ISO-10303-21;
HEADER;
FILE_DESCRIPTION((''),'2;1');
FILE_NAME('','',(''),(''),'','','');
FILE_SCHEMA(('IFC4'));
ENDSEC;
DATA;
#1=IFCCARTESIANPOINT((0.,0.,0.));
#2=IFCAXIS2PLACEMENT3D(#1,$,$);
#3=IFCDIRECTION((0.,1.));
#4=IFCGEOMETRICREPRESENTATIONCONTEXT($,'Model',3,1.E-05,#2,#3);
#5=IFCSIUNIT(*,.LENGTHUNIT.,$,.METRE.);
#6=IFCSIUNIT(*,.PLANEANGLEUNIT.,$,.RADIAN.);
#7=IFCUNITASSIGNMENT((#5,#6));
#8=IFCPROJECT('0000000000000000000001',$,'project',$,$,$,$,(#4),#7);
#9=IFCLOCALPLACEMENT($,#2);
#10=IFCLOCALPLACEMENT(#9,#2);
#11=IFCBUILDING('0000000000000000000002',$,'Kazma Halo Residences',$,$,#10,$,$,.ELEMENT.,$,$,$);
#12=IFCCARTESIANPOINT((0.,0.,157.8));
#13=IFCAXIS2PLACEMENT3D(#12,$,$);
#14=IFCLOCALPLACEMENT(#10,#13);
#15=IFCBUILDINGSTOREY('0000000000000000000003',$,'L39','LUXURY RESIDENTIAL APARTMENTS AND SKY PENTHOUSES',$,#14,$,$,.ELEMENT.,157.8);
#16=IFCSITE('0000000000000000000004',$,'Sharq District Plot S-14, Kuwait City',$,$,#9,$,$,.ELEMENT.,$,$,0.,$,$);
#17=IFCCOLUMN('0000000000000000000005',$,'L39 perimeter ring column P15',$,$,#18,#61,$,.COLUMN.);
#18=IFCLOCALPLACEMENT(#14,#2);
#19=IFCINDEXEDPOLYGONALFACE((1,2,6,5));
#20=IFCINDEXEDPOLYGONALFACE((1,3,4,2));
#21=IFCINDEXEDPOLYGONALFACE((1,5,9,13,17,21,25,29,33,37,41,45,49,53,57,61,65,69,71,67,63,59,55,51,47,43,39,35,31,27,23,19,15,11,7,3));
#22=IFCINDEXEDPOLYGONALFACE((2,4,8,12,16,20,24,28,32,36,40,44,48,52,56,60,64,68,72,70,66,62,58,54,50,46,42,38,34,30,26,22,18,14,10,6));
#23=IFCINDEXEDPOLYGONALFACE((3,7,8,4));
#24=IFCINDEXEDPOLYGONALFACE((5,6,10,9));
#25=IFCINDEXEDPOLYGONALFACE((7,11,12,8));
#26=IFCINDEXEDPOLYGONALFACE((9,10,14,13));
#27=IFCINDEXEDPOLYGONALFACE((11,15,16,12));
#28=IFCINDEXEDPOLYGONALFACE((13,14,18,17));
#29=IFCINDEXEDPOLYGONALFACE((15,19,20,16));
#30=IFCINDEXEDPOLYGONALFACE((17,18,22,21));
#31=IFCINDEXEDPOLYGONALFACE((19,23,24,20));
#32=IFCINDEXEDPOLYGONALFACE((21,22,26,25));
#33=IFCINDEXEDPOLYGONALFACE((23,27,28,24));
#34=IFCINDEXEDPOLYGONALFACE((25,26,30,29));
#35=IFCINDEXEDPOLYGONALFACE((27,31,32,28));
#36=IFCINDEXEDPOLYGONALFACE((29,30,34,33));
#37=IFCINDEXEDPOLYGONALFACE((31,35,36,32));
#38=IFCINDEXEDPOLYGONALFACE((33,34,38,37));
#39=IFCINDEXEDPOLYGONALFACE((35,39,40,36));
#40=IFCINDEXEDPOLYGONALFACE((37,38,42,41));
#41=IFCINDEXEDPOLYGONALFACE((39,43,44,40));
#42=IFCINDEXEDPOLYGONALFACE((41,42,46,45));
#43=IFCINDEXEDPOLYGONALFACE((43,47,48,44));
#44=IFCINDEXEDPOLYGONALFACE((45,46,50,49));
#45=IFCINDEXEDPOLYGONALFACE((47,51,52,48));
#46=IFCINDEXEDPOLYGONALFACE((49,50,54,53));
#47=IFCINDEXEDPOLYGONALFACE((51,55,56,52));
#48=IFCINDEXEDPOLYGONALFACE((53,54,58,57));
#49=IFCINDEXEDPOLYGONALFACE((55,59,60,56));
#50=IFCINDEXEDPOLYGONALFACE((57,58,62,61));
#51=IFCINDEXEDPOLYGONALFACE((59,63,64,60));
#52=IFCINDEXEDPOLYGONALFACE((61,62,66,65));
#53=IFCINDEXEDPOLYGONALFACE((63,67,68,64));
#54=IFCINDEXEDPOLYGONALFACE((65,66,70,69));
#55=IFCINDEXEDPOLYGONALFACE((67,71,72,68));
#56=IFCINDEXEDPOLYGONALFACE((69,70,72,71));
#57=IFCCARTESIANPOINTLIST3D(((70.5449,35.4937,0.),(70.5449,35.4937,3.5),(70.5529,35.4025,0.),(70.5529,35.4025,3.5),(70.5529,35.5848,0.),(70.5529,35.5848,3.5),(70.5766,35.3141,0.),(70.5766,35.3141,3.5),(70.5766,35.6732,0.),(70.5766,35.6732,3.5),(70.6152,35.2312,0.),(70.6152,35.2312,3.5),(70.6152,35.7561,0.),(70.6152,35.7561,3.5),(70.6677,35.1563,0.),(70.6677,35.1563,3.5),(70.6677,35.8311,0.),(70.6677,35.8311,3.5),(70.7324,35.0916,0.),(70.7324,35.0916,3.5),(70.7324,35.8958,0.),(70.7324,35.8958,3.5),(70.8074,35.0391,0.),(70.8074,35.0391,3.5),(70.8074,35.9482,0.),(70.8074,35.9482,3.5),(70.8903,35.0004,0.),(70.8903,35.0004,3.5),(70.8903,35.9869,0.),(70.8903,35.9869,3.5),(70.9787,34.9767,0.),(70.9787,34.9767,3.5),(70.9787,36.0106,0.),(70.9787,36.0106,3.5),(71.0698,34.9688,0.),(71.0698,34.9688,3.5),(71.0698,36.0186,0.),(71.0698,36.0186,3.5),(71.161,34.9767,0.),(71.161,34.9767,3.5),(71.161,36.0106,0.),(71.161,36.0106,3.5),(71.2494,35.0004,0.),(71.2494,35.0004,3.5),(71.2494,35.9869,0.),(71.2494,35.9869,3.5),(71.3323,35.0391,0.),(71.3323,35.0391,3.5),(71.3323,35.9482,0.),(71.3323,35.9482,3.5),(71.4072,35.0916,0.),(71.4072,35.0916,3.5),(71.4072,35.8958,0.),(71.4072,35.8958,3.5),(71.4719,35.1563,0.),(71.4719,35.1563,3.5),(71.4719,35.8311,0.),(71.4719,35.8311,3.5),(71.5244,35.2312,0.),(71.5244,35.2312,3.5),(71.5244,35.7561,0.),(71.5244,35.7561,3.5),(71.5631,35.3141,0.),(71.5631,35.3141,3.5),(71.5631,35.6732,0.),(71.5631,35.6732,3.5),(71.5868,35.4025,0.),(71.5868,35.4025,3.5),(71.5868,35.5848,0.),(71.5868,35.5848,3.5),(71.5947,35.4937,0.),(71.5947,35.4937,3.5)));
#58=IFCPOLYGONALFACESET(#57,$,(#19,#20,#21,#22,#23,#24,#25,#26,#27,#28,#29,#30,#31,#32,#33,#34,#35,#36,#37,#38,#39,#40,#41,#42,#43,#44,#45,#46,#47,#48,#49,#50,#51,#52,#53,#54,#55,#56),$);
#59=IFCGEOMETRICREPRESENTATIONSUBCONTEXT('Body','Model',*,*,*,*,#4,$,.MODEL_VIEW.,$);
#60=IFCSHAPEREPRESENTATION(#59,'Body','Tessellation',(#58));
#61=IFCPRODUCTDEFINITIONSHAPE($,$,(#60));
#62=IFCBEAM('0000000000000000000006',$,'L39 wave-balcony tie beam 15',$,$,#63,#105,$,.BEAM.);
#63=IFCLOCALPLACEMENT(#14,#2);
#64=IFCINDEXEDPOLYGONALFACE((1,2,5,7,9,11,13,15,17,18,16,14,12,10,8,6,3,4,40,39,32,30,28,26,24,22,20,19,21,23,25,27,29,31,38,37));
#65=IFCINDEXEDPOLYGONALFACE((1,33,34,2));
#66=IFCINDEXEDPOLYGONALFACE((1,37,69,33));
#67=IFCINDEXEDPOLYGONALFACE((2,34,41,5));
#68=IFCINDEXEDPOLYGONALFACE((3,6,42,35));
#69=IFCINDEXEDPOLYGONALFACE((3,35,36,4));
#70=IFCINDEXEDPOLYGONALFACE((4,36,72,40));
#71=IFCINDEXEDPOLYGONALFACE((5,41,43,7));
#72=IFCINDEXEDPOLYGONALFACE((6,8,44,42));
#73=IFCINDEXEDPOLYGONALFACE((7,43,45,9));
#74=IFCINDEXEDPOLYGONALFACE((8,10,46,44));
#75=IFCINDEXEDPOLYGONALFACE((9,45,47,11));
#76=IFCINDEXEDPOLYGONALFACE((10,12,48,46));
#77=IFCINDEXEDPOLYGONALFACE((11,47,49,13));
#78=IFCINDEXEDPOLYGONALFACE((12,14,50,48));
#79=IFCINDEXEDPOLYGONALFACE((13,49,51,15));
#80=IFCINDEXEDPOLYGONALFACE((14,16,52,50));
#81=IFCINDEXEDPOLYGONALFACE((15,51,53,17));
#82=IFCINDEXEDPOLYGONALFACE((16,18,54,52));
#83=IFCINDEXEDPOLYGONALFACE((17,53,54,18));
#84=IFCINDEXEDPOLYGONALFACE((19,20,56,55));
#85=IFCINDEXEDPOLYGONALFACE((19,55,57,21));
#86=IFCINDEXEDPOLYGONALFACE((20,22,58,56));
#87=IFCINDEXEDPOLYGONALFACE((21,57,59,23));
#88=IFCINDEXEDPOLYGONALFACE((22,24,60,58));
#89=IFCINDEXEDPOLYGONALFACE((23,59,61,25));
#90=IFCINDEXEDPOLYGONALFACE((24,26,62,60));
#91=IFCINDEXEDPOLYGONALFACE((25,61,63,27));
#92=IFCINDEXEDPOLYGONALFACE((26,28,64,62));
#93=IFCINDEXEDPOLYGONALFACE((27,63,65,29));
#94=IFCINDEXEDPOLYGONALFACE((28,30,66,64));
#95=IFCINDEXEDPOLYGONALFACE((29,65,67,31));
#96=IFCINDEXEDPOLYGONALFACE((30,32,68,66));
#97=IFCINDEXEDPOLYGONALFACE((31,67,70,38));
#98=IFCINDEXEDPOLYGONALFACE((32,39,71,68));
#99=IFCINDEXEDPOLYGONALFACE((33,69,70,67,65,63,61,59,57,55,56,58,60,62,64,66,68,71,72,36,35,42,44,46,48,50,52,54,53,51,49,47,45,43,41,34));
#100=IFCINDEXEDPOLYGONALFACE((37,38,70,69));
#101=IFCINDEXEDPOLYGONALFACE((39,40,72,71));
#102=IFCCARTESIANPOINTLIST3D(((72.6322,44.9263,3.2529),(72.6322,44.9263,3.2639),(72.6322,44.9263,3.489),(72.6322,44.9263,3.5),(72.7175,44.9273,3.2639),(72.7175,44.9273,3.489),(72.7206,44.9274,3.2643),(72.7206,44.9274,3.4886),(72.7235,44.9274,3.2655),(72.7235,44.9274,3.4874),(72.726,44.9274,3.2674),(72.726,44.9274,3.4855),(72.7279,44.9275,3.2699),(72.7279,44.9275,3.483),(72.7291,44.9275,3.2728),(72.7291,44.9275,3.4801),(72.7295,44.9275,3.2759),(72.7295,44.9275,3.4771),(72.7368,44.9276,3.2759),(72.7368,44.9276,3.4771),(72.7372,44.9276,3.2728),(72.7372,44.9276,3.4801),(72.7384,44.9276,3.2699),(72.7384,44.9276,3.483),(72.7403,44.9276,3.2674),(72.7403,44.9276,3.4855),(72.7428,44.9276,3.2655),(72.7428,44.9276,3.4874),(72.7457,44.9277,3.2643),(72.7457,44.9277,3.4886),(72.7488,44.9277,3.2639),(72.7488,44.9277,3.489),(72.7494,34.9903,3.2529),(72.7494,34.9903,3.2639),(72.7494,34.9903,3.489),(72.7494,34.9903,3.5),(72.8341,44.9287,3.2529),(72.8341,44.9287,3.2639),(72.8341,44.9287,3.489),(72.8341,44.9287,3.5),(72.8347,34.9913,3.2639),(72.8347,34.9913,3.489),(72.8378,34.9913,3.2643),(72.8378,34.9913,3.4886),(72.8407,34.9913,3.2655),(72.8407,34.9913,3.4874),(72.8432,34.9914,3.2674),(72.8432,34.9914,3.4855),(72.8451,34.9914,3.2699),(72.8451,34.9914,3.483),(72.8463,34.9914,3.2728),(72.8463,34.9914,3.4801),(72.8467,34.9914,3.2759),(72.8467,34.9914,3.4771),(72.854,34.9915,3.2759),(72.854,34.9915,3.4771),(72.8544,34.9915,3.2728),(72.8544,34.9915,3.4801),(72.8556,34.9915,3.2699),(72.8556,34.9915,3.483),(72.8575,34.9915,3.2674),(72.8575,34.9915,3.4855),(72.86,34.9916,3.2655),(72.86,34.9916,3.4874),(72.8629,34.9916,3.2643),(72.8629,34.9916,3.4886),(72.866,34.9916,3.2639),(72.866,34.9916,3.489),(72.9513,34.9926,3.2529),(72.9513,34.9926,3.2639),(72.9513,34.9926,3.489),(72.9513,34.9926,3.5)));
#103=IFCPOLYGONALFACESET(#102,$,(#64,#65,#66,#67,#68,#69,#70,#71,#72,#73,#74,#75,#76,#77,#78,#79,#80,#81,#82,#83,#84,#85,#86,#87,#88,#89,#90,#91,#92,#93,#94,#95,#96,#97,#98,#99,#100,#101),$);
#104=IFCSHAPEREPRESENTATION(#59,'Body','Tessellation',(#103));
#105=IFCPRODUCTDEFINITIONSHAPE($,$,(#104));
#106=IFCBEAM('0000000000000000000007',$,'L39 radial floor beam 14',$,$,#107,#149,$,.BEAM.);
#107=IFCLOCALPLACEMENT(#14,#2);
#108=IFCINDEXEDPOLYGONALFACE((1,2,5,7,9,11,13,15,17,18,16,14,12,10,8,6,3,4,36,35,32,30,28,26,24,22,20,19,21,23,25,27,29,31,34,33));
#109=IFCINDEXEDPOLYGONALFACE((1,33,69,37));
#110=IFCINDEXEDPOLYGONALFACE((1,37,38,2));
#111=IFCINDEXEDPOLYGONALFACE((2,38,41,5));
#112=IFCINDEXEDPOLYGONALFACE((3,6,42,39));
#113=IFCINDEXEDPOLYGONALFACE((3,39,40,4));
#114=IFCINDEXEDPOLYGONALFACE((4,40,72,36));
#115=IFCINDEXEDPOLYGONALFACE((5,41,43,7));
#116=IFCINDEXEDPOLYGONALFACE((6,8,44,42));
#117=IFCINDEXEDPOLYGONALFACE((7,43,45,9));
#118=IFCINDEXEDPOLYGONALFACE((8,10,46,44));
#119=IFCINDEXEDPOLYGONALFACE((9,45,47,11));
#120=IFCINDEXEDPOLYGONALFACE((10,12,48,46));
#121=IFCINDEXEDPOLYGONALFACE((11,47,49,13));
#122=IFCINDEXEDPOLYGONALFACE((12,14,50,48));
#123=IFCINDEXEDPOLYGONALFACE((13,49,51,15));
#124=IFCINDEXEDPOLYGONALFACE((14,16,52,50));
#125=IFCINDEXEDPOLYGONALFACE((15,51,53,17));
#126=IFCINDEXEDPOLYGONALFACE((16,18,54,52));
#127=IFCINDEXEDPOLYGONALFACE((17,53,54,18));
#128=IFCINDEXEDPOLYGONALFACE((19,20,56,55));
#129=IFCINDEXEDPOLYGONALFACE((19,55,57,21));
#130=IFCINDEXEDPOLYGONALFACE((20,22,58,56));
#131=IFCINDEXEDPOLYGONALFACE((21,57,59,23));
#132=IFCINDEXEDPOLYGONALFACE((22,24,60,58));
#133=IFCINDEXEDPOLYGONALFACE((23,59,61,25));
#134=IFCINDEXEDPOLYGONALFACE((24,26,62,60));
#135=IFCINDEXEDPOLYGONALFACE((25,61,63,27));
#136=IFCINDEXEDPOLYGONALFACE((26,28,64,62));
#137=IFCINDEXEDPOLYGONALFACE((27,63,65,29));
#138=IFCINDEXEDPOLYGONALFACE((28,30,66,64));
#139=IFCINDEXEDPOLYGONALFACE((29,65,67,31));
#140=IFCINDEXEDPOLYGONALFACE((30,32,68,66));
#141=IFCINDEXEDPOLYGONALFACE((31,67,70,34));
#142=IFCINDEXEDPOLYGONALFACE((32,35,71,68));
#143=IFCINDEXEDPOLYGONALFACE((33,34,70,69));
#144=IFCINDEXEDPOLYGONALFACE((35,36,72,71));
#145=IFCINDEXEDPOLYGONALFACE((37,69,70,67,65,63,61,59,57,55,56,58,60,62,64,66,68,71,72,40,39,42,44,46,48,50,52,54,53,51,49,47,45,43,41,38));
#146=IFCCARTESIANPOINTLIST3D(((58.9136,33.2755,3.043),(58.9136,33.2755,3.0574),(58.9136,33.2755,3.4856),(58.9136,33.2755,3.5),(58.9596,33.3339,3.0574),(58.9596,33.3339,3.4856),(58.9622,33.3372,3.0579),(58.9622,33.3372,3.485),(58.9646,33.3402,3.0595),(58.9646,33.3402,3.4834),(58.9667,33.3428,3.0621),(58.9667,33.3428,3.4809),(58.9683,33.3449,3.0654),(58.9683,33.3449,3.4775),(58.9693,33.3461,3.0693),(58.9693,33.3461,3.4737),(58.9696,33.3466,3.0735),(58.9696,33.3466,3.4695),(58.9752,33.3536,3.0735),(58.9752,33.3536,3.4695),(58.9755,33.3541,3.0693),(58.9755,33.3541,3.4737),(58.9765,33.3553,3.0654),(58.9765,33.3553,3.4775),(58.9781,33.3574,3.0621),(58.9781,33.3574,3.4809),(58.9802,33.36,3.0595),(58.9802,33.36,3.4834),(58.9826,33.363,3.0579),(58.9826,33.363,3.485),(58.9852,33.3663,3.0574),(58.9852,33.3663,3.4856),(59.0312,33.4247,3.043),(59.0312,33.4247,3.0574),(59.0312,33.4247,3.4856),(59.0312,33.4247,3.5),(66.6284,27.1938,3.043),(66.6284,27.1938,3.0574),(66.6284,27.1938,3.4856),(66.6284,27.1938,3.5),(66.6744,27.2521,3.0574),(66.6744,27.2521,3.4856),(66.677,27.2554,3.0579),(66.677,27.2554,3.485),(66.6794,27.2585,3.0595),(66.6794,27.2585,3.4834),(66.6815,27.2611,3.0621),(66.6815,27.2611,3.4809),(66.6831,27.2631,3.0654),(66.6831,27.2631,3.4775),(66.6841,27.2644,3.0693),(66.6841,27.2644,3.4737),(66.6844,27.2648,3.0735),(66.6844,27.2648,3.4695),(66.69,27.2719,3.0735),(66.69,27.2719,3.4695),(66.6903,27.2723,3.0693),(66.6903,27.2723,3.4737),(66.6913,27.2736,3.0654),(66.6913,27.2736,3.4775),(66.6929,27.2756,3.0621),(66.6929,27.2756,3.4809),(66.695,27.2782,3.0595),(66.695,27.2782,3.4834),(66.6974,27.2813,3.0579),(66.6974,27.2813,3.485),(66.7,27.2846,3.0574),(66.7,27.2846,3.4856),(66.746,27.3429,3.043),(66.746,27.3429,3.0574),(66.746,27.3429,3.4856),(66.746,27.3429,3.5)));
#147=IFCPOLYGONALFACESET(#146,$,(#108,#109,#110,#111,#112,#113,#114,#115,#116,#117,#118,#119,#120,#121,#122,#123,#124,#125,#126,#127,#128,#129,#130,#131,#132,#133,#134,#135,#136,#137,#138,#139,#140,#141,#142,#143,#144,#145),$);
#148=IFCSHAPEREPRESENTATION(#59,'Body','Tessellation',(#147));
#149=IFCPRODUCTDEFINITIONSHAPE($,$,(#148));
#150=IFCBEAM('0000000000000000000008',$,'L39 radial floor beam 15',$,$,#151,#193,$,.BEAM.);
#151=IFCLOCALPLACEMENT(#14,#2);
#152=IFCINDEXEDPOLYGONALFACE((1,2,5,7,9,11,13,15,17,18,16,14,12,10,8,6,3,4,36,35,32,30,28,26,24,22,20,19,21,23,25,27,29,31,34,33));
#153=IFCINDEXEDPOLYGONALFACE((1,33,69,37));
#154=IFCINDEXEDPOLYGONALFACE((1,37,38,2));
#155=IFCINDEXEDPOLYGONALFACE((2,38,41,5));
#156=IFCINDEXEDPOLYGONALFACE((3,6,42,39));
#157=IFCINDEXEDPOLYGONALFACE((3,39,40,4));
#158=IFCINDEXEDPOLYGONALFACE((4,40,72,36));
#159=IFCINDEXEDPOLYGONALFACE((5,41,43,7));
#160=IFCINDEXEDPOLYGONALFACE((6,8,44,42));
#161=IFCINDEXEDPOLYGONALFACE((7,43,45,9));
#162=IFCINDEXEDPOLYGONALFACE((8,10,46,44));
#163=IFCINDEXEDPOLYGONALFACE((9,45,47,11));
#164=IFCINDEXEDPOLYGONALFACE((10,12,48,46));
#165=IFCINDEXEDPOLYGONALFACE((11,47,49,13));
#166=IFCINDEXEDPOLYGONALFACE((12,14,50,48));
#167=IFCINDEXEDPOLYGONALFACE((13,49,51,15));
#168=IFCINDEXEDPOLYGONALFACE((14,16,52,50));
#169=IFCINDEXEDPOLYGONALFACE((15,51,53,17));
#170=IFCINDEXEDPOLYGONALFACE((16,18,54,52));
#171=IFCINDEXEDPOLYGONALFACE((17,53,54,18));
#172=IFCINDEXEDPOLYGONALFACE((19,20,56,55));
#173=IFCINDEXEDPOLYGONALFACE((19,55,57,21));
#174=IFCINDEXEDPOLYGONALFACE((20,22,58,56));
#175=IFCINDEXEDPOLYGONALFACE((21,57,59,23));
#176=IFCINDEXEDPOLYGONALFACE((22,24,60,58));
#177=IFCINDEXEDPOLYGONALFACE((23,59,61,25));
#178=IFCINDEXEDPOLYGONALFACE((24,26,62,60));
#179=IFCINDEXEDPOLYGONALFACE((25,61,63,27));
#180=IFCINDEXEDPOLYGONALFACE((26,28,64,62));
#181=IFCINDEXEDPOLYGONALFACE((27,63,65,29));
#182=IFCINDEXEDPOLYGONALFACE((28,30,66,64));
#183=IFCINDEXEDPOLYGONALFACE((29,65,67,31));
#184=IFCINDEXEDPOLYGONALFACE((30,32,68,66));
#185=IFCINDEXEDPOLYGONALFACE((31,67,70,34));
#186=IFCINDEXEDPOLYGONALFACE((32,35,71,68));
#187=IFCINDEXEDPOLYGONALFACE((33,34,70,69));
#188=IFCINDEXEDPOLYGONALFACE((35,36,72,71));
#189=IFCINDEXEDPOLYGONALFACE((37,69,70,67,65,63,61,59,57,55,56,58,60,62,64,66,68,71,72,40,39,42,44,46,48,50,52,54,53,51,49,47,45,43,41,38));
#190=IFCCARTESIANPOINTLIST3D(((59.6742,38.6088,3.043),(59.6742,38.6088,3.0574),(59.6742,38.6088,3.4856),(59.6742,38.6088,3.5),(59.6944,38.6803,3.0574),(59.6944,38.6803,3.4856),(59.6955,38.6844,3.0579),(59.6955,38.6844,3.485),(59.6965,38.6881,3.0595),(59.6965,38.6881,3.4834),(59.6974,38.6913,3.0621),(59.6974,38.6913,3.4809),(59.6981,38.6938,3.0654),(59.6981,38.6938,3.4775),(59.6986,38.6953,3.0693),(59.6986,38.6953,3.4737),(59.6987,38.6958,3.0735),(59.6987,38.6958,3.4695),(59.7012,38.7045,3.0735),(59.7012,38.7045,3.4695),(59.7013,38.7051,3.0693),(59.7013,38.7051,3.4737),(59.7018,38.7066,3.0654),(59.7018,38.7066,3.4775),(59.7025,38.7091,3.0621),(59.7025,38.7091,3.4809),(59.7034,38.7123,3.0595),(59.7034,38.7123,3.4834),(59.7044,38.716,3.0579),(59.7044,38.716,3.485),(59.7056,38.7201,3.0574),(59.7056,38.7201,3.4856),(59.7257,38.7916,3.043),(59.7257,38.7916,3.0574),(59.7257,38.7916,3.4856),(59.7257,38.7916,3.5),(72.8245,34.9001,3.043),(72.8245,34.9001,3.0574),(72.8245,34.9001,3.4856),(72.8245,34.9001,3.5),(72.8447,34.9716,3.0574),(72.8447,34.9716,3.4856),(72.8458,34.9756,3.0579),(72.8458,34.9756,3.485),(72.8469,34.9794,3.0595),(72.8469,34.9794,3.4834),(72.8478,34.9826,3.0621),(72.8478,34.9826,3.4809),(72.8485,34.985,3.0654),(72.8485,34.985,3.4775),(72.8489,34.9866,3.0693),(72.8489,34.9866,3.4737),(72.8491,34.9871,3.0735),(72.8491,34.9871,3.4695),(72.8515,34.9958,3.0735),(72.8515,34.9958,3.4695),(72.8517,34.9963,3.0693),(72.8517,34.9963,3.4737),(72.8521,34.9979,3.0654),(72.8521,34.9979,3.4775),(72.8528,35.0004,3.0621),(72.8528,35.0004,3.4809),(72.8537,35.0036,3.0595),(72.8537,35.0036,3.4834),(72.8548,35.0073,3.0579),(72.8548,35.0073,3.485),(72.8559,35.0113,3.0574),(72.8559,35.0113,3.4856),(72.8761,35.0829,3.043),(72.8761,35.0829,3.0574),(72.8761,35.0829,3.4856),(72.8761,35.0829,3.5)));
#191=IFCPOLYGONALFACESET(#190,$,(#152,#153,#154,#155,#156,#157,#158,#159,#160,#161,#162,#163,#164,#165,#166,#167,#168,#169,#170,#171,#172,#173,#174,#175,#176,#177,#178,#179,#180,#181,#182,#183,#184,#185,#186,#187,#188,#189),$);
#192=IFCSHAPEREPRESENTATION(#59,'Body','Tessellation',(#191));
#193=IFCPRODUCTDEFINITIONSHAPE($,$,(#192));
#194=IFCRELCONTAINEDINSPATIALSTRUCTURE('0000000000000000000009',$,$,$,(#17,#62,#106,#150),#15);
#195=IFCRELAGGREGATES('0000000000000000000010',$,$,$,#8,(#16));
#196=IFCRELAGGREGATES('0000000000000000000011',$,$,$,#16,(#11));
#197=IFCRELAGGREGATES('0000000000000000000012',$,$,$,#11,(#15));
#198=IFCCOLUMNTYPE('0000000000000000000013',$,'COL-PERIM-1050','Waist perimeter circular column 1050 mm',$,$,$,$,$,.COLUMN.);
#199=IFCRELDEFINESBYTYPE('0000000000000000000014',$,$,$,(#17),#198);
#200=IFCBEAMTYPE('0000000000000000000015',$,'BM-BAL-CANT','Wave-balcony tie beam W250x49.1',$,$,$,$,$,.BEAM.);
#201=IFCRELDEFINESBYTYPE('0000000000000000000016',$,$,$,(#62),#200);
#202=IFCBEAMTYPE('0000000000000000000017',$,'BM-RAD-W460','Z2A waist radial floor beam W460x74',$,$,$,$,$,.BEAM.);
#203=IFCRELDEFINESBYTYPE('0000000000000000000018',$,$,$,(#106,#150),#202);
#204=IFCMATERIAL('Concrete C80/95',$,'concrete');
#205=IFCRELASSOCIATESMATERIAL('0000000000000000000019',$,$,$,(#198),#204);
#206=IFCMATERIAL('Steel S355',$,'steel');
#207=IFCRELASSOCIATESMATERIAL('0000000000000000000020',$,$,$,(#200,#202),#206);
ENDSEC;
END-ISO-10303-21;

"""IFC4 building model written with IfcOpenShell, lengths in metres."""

from ifc_helpers import new_model, si_unit, direction, frame, origin, origin_2d, place, context, subcontext, project, spatial, circle, i_section, extrude, material, material_profile, profile_set, type_object, element, save


model = new_model("IFC4")

# Units and contexts
model_context = context("Model", 3, precision=1e-05, world=origin(), true_north=direction((0.0, 1.0)))
body_context = subcontext(model_context, "Body", "Model", "MODEL_VIEW")
ifc_project = project(units=[si_unit("LENGTHUNIT", "METRE"), si_unit("PLANEANGLEUNIT", "RADIAN")], contexts=[model_context])

# Site, building, storey
site_placement = place(None, origin())
site = spatial("IfcSite", under=ifc_project, at=site_placement, Name="Sharq District Plot S-14, Kuwait City", CompositionType="ELEMENT", RefElevation=0.0)
building_placement = place(site_placement, origin())
building = spatial("IfcBuilding", under=site, at=building_placement, Name="Kazma Halo Residences", CompositionType="ELEMENT")
storey_placement = place(building_placement, frame((0.0, 0.0, 157.8)))
storey = spatial("IfcBuildingStorey", under=building, at=storey_placement, Name="L39", Description="LUXURY RESIDENTIAL APARTMENTS AND SKY PENTHOUSES", CompositionType="ELEMENT", Elevation=157.8)

# Column
ifc_material_1 = material(Name="Concrete C80/95", Category="concrete")
ifc_material_profile_1 = material_profile(ifc_material_1, circle(Radius=0.5249, at=origin_2d()), Name="CIRC1050")
ifc_profile_set_1 = profile_set([ifc_material_profile_1], Name="Concrete C80/95")
column_type = type_object("IfcColumnType", Name="COL-PERIM-1050", Description="Waist perimeter circular column 1050 mm", PredefinedType="COLUMN", material=ifc_profile_set_1)
column_placement = place(storey_placement, frame((71.0698, 35.4937, 0.0), z_axis=(0.0, 0.0, 1.0), x_axis=(1.0, 0.0, 0.0)))
element("IfcColumn", 1, at=column_placement, inside=storey, type_object=column_type, Name="L39 perimeter ring column P15", PredefinedType="COLUMN", context=body_context, shape_type="SweptSolid", body=[
    extrude(circle(Radius=0.5249, at=origin_2d()), origin(), (0.0, 0.0, 1.0), 3.5),
])

# Beams
ifc_material_2 = material(Name="Steel S355", Category="steel")
ifc_material_profile_2 = material_profile(ifc_material_2, i_section(OverallWidth=0.2019, OverallDepth=0.2471, WebThickness=0.0073, FlangeThickness=0.011, FilletRadius=0.012, at=origin_2d()), Name="W250x49.1")
ifc_profile_set_2 = profile_set([ifc_material_profile_2], Name="Steel S355")
beam_type_1 = type_object("IfcBeamType", Name="BM-BAL-CANT", Description="Wave-balcony tie beam W250x49.1", PredefinedType="BEAM", material=ifc_profile_set_2)
beam_1_placement = place(storey_placement, frame((72.8503, 34.9915, 3.3765), z_axis=(-0.011793, 0.99993, 0.0), x_axis=(-0.99993, -0.011793, 0.0)))
element("IfcBeam", 2, at=beam_1_placement, inside=storey, type_object=beam_type_1, Name="L39 wave-balcony tie beam 15", PredefinedType="BEAM", context=body_context, shape_type="SweptSolid", body=[
    extrude(i_section(OverallWidth=0.2019, OverallDepth=0.2471, WebThickness=0.0073, FlangeThickness=0.011, FilletRadius=0.012, at=origin_2d()), origin(), (0.0, 0.0, 1.0), 9.9368),
])
ifc_material_profile_3 = material_profile(ifc_material_2, i_section(OverallWidth=0.1899, OverallDepth=0.457, WebThickness=0.009, FlangeThickness=0.0144, FilletRadius=0.0161, at=origin_2d()), Name="W460x74")
ifc_profile_set_3 = profile_set([ifc_material_profile_3], Name="Steel S355")
beam_type_2 = type_object("IfcBeamType", Name="BM-RAD-W460", Description="Z2A waist radial floor beam W460x74", PredefinedType="BEAM", material=ifc_profile_set_3)
beam_2_placement = place(storey_placement, frame((58.9724, 33.3501, 3.2715), z_axis=(0.785322, -0.619087, 0.0), x_axis=(0.619087, 0.785322, 0.0)))
element("IfcBeam", 3, at=beam_2_placement, inside=storey, type_object=beam_type_2, Name="L39 radial floor beam 14", PredefinedType="BEAM", context=body_context, shape_type="SweptSolid", body=[
    extrude(i_section(OverallWidth=0.1899, OverallDepth=0.457, WebThickness=0.009, FlangeThickness=0.0144, FilletRadius=0.0161, at=origin_2d()), origin(), (0.0, 0.0, 1.0), 9.8237),
])
beam_3_placement = place(storey_placement, frame((59.7, 38.7002, 3.2715), z_axis=(0.962456, -0.271437, 0.0), x_axis=(0.271437, 0.962456, 0.0)))
element("IfcBeam", 4, at=beam_3_placement, inside=storey, type_object=beam_type_2, Name="L39 radial floor beam 15", PredefinedType="BEAM", context=body_context, shape_type="SweptSolid", body=[
    extrude(i_section(OverallWidth=0.1899, OverallDepth=0.457, WebThickness=0.009, FlangeThickness=0.0144, FilletRadius=0.0161, at=origin_2d()), origin(), (0.0, 0.0, 1.0), 13.6633),
])

save(model, "model.ifc")
